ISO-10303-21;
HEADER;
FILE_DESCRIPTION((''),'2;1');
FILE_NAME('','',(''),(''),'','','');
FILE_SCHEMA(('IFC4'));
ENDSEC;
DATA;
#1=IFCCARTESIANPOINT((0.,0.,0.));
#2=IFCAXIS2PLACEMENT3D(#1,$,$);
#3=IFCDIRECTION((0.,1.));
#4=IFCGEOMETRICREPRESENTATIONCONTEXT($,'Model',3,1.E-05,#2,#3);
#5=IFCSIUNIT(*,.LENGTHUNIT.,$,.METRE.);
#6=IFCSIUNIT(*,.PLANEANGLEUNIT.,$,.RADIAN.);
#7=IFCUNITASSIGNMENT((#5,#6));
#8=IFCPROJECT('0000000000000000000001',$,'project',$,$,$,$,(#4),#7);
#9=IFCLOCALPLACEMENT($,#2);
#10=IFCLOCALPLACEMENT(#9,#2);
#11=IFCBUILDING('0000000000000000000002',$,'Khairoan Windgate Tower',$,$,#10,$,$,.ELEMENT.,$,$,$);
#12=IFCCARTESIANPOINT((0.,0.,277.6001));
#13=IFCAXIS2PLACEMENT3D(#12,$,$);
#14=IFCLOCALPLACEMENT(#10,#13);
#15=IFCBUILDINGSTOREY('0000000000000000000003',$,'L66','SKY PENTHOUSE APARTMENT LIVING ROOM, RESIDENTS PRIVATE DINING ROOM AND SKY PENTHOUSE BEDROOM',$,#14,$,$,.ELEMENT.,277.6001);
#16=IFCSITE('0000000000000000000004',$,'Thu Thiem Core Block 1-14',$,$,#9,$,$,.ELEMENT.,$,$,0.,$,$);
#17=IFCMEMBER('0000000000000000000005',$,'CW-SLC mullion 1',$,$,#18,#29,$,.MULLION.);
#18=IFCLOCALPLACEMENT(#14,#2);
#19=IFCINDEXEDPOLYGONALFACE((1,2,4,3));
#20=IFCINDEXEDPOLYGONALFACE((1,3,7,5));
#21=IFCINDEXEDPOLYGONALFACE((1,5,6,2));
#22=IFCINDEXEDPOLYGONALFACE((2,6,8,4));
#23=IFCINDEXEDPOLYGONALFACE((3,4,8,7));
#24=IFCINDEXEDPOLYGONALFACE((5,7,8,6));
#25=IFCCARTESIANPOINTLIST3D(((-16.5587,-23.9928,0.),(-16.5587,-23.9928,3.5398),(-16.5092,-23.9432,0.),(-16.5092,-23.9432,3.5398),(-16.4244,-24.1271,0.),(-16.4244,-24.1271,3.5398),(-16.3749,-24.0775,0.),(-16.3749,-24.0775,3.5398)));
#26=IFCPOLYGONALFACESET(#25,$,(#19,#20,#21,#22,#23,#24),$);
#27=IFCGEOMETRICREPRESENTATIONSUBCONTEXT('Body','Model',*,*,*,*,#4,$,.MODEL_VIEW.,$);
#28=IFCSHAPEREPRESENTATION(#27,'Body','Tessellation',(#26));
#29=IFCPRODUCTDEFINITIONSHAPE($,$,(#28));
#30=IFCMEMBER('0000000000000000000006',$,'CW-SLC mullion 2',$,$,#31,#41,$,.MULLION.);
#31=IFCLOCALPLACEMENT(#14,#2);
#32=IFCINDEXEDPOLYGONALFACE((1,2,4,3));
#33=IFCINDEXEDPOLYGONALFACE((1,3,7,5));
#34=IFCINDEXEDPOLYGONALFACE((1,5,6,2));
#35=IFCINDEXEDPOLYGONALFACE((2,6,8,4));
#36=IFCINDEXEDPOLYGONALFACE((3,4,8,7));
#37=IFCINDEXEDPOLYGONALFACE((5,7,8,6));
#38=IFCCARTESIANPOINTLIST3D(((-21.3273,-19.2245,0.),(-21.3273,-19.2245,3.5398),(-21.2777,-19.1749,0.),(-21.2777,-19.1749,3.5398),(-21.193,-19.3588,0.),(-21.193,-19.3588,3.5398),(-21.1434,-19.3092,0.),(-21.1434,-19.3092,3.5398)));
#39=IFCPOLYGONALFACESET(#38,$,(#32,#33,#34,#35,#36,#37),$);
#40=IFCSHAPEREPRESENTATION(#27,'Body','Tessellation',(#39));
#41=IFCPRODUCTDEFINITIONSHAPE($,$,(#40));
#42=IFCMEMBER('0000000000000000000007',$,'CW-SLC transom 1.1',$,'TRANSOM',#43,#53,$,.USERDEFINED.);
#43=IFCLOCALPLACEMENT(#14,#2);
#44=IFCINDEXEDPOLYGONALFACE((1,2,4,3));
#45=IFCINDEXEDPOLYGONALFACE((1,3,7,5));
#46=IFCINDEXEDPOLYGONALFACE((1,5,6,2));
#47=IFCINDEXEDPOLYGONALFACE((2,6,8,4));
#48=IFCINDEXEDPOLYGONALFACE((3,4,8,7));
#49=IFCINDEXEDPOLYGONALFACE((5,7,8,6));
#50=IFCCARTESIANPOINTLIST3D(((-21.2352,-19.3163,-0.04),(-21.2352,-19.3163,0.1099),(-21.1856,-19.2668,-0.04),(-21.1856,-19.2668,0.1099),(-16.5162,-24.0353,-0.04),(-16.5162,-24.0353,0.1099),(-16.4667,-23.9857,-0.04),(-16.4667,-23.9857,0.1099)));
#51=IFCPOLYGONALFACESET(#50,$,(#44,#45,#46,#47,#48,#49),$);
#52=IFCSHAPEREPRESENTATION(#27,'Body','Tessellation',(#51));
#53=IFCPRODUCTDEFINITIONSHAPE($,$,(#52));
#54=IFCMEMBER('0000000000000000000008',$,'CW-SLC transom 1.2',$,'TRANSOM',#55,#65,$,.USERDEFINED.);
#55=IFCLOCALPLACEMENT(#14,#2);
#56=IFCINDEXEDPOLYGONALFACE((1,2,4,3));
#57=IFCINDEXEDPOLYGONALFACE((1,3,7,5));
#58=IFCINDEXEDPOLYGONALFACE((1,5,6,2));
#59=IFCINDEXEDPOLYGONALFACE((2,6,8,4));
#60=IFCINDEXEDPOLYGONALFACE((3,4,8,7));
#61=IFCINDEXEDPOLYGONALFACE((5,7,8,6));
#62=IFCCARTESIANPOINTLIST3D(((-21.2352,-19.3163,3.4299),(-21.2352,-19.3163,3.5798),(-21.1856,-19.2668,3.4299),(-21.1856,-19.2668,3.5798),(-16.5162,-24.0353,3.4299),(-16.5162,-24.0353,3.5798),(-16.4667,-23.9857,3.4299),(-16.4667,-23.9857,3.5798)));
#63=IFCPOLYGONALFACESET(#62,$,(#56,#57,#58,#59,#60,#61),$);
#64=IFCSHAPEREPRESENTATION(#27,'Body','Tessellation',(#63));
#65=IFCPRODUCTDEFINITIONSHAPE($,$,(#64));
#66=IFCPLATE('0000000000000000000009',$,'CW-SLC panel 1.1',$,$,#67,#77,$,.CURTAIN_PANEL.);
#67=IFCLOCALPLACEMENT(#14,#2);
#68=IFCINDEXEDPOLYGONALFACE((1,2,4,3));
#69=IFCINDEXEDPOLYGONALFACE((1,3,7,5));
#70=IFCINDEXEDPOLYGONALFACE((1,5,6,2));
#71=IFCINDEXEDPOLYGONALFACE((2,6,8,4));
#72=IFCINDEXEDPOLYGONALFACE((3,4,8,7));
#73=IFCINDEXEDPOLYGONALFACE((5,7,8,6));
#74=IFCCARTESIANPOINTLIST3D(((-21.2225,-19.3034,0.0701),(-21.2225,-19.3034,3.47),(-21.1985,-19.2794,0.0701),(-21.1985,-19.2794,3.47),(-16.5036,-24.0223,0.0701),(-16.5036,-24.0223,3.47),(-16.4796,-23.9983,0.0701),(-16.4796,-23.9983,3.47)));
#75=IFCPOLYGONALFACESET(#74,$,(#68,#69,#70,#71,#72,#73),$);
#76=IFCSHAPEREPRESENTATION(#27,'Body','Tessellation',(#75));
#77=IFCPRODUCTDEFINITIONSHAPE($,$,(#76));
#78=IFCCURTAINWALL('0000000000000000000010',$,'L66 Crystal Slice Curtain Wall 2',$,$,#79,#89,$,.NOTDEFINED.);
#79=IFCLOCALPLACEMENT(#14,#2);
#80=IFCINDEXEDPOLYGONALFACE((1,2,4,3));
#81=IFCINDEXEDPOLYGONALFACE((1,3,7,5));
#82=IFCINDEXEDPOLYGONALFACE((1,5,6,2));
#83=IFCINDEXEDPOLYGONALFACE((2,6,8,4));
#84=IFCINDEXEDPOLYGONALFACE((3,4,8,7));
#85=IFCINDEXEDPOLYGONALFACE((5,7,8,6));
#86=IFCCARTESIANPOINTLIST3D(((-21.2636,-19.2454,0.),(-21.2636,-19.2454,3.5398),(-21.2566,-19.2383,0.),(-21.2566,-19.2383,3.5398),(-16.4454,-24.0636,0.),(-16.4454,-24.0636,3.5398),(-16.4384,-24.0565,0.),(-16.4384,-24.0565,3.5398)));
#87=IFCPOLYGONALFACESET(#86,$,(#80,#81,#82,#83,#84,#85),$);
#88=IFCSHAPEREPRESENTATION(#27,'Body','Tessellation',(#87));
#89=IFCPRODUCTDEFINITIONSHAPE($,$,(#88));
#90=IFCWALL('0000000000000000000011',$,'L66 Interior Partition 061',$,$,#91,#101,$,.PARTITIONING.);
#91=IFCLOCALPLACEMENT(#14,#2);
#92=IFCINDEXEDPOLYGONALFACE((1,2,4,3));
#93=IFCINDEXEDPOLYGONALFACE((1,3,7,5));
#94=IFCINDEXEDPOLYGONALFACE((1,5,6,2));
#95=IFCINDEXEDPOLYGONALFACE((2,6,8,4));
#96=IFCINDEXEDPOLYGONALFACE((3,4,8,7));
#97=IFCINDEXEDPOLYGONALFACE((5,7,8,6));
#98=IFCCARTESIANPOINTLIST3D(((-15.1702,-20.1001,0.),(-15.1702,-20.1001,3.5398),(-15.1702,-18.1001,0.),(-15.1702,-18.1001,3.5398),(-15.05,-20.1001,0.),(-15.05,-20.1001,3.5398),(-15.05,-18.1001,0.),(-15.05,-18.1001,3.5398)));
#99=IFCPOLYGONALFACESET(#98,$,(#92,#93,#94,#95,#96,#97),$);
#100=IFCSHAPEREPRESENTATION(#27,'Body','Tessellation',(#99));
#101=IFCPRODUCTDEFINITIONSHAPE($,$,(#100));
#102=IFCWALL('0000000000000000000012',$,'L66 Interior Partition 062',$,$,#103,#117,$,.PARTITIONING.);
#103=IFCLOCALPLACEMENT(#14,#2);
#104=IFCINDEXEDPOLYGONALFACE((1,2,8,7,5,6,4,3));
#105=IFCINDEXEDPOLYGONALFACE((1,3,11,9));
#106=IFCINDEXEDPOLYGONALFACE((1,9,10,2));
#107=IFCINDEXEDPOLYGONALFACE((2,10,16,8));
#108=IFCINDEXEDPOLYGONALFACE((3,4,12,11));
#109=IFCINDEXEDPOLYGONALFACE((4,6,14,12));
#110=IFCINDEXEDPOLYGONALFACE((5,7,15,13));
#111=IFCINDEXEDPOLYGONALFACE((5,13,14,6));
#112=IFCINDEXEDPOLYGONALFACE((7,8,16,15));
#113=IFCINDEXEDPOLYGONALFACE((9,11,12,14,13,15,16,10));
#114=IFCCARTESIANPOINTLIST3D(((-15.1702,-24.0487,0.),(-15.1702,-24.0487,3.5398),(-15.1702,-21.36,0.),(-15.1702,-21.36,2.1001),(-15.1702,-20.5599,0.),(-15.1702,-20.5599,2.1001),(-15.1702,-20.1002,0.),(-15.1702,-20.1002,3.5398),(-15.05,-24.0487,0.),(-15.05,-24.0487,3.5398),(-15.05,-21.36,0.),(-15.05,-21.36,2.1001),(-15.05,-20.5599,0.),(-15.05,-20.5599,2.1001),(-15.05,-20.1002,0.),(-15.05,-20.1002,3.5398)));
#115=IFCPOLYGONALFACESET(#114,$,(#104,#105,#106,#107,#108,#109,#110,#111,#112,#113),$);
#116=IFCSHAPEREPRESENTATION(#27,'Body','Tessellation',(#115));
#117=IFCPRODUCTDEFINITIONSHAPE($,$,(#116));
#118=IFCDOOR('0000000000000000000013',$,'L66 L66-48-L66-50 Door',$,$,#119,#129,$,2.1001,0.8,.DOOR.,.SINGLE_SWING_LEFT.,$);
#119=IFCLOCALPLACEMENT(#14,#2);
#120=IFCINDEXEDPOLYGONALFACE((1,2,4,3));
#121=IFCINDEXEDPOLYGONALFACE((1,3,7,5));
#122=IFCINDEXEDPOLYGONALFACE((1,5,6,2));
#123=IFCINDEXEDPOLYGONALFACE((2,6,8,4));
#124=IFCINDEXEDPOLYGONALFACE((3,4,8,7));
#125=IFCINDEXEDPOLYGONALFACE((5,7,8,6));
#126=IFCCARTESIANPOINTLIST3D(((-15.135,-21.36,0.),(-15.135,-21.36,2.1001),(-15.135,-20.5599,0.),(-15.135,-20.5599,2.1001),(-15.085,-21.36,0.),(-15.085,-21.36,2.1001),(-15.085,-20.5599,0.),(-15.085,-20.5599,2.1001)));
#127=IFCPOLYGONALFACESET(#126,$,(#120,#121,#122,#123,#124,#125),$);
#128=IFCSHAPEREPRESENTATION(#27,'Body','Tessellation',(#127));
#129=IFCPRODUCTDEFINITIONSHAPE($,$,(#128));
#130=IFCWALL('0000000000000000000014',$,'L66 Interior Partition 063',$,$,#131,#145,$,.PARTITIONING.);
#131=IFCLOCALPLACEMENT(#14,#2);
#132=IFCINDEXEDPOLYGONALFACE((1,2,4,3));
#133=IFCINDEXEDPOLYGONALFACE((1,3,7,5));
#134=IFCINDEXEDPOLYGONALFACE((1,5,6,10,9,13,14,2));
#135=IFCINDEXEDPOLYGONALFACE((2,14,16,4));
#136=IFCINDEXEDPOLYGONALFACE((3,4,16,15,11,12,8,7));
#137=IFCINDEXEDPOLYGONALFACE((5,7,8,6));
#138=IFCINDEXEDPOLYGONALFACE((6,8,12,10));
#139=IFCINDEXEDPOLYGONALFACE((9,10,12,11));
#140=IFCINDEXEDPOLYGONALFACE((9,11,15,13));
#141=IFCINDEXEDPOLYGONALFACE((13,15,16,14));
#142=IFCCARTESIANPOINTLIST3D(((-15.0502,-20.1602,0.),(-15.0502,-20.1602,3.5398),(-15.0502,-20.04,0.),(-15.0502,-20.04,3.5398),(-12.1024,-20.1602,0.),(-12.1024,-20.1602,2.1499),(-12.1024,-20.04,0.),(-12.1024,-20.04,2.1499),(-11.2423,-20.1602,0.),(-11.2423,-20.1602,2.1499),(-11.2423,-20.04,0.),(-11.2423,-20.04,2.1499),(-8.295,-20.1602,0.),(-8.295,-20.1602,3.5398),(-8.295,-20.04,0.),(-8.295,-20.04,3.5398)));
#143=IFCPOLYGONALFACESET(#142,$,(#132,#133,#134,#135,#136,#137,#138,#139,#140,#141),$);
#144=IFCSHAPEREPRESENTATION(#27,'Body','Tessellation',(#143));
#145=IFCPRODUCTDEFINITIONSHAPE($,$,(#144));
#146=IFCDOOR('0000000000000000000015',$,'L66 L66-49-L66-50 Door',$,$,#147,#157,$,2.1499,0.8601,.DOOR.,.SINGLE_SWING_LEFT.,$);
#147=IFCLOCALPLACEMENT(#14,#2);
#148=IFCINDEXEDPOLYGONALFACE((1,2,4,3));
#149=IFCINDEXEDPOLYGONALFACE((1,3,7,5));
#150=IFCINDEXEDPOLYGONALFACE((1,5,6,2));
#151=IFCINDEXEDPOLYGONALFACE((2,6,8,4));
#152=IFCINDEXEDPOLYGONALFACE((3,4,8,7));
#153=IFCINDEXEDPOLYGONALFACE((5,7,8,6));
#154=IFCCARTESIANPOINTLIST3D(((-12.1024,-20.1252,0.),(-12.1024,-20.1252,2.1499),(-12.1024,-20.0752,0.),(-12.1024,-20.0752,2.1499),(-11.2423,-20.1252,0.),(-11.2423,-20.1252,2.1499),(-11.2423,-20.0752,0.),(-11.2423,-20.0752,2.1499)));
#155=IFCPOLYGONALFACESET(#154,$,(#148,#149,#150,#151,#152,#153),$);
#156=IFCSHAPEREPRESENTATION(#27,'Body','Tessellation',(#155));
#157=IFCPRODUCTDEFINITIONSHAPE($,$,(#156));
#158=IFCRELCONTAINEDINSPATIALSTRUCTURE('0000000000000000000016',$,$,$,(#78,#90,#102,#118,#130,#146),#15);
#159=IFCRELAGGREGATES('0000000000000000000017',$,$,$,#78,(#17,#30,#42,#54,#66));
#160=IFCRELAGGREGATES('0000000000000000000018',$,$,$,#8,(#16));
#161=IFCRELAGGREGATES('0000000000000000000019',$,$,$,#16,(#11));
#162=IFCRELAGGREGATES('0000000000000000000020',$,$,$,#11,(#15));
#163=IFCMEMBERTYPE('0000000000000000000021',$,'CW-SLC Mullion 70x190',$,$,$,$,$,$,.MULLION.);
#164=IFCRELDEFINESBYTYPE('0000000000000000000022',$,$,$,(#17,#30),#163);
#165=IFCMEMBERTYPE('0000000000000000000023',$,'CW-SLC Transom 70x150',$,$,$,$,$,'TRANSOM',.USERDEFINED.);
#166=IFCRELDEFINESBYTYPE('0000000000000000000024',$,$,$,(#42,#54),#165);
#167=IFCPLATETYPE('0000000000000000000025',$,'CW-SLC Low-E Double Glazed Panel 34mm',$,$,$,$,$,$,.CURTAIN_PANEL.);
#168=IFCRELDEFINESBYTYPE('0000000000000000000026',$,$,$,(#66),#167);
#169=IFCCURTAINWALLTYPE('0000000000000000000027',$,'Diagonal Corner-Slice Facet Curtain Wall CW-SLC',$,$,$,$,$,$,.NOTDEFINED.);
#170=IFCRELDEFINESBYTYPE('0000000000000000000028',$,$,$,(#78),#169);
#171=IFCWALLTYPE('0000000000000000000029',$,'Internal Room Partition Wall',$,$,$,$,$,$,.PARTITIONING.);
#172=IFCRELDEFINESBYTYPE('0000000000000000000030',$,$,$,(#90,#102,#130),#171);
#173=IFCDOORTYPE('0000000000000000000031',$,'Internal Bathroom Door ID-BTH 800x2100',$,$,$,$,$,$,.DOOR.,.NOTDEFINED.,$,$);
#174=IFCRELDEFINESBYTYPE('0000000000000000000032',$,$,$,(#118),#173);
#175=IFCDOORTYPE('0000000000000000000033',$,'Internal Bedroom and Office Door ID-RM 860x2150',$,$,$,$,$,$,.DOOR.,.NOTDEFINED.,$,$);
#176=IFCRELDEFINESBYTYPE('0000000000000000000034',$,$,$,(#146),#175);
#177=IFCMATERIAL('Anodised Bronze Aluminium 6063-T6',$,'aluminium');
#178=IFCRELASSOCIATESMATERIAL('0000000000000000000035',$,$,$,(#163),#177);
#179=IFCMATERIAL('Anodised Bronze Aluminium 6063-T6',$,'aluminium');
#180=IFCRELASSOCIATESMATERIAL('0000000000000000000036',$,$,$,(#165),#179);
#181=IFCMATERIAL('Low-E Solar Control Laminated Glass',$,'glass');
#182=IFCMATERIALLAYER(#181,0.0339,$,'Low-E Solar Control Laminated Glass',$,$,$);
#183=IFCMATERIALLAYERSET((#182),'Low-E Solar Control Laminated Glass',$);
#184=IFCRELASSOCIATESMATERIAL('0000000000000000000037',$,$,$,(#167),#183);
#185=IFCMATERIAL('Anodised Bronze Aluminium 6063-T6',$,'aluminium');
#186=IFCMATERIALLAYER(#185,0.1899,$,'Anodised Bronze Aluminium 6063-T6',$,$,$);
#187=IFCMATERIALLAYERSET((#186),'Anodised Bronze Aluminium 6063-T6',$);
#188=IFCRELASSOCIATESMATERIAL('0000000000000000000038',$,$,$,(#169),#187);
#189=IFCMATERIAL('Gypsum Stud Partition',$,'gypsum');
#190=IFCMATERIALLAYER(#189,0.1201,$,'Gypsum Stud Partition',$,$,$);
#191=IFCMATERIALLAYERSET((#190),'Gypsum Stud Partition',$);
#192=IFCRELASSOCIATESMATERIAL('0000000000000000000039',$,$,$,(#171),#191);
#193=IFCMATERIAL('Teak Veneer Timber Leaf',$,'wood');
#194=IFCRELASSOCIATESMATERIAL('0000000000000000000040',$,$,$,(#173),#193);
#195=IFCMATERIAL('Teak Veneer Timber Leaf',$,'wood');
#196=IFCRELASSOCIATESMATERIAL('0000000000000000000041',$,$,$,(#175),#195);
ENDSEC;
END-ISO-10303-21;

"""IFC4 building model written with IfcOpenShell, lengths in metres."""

from ifc_helpers import new_model, si_unit, direction, frame, frame_2d, origin, origin_2d, place, context, subcontext, project, spatial, rectangle, extrude, material, layer, layer_set, material_profile, profile_set, type_object, element, fill, aggregate, save


model = new_model("IFC4")

# Units and contexts
model_context = context("Model", 3, precision=1e-05, world=origin(), true_north=direction((0.0, 1.0)))
body_context = subcontext(model_context, "Body", "Model", "MODEL_VIEW")
ifc_project = project(units=[si_unit("LENGTHUNIT", "METRE"), si_unit("PLANEANGLEUNIT", "RADIAN")], contexts=[model_context])

# Site, building, storey
site_placement = place(None, origin())
site = spatial("IfcSite", under=ifc_project, at=site_placement, Name="Thu Thiem Core Block 1-14", CompositionType="ELEMENT", RefElevation=0.0)
building_placement = place(site_placement, origin())
building = spatial("IfcBuilding", under=site, at=building_placement, Name="Khairoan Windgate Tower", CompositionType="ELEMENT")
storey_placement = place(building_placement, frame((0.0, 0.0, 277.6001)))
storey = spatial("IfcBuildingStorey", under=building, at=storey_placement, Name="L66", Description="SKY PENTHOUSE APARTMENT LIVING ROOM, RESIDENTS PRIVATE DINING ROOM AND SKY PENTHOUSE BEDROOM", CompositionType="ELEMENT", Elevation=277.6001)

# Members
ifc_material_1 = material(Name="Anodised Bronze Aluminium 6063-T6", Category="aluminium")
ifc_material_profile_1 = material_profile(ifc_material_1, rectangle(XDim=0.0701, YDim=0.1899, at=origin_2d()))
ifc_profile_set_1 = profile_set([ifc_material_profile_1], Name="Anodised Bronze Aluminium 6063-T6")
member_type_1 = type_object("IfcMemberType", Name="CW-SLC Mullion 70x190", PredefinedType="MULLION", material=ifc_profile_set_1)
member_1_placement = place(storey_placement, frame((-16.4668, -24.0352, 0.0), z_axis=(0.0, 0.0, 1.0), x_axis=(-0.707107, -0.707107, 0.0)))
member_1 = element("IfcMember", 1, at=member_1_placement, type_object=member_type_1, Name="CW-SLC mullion 1", PredefinedType="MULLION", context=body_context, shape_type="SweptSolid", body=[
    extrude(rectangle(XDim=0.0701, YDim=0.1899, at=origin_2d()), origin(), (0.0, 0.0, 1.0), 3.5398),
])
member_2_placement = place(storey_placement, frame((-21.2354, -19.2668, 0.0), z_axis=(0.0, 0.0, 1.0), x_axis=(-0.707107, -0.707107, 0.0)))
member_2 = element("IfcMember", 2, at=member_2_placement, type_object=member_type_1, Name="CW-SLC mullion 2", PredefinedType="MULLION", context=body_context, shape_type="SweptSolid", body=[
    extrude(rectangle(XDim=0.0701, YDim=0.1899, at=origin_2d()), origin(), (0.0, 0.0, 1.0), 3.5398),
])
ifc_material_2 = material(Name="Anodised Bronze Aluminium 6063-T6", Category="aluminium")
ifc_material_profile_2 = material_profile(ifc_material_2, rectangle(XDim=0.0701, YDim=0.1499, at=origin_2d()))
ifc_profile_set_2 = profile_set([ifc_material_profile_2], Name="Anodised Bronze Aluminium 6063-T6")
member_type_2 = type_object("IfcMemberType", Name="CW-SLC Transom 70x150", ElementType="TRANSOM", PredefinedType="USERDEFINED", material=ifc_profile_set_2)
member_3_placement = place(storey_placement, frame((-16.4915, -24.0105, 0.0349), z_axis=(-0.707107, 0.707107, 0.0), x_axis=(-0.707107, -0.707107, 0.0)))
member_3 = element("IfcMember", 3, at=member_3_placement, type_object=member_type_2, Name="CW-SLC transom 1.1", ObjectType="TRANSOM", PredefinedType="USERDEFINED", context=body_context, shape_type="SweptSolid", body=[
    extrude(rectangle(XDim=0.0701, YDim=0.1499, at=origin_2d()), origin(), (0.0, 0.0, 1.0), 6.6736),
])
member_4_placement = place(storey_placement, frame((-16.4915, -24.0105, 3.5049), z_axis=(-0.707107, 0.707107, 0.0), x_axis=(-0.707107, -0.707107, 0.0)))
member_4 = element("IfcMember", 4, at=member_4_placement, type_object=member_type_2, Name="CW-SLC transom 1.2", ObjectType="TRANSOM", PredefinedType="USERDEFINED", context=body_context, shape_type="SweptSolid", body=[
    extrude(rectangle(XDim=0.0701, YDim=0.1499, at=origin_2d()), origin(), (0.0, 0.0, 1.0), 6.6736),
])

# Plate
ifc_material_3 = material(Name="Low-E Solar Control Laminated Glass", Category="glass")
ifc_layer_1 = layer(ifc_material_3, 0.0339, Name="Low-E Solar Control Laminated Glass")
ifc_layer_set_1 = layer_set([ifc_layer_1], Name="Low-E Solar Control Laminated Glass")
plate_type_1 = type_object("IfcPlateType", Name="CW-SLC Low-E Double Glazed Panel 34mm", PredefinedType="CURTAIN_PANEL", material=ifc_layer_set_1)
plate_1_placement = place(storey_placement, frame((-18.8511, -21.6509, 0.0701), z_axis=(0.0, 0.0, 1.0), x_axis=(-0.707107, 0.707107, 0.0)))
plate_1 = element("IfcPlate", 5, at=plate_1_placement, type_object=plate_type_1, Name="CW-SLC panel 1.1", PredefinedType="CURTAIN_PANEL", context=body_context, shape_type="SweptSolid", body=[
    extrude(rectangle(XDim=6.6736, YDim=0.0339, at=origin_2d()), origin(), (0.0, 0.0, 1.0), 3.3999),
])

# Curtain wall
ifc_material_4 = material(Name="Anodised Bronze Aluminium 6063-T6", Category="aluminium")
ifc_layer_2 = layer(ifc_material_4, 0.1899, Name="Anodised Bronze Aluminium 6063-T6")
ifc_layer_set_2 = layer_set([ifc_layer_2], Name="Anodised Bronze Aluminium 6063-T6")
curtain_wall_type_1 = type_object("IfcCurtainWallType", Name="Diagonal Corner-Slice Facet Curtain Wall CW-SLC", PredefinedType="NOTDEFINED", material=ifc_layer_set_2)
curtain_wall_1_placement = place(storey_placement, frame((-16.4419, -24.0601, 0.0), z_axis=(0.0, 0.0, 1.0), x_axis=(-0.707107, 0.707107, 0.0)))
curtain_wall_1 = element("IfcCurtainWall", 6, at=curtain_wall_1_placement, inside=storey, type_object=curtain_wall_type_1, Name="L66 Crystal Slice Curtain Wall 2", PredefinedType="NOTDEFINED", context=body_context, shape_type="SweptSolid", body=[
    extrude(rectangle(XDim=6.814, YDim=0.01, at=frame_2d((3.407, 0.0))), origin(), (0.0, 0.0, 1.0), 3.5398),
])
aggregate(curtain_wall_1, [member_1, member_2, member_3, member_4, plate_1])

# Wall
ifc_material_5 = material(Name="Gypsum Stud Partition", Category="gypsum")
ifc_layer_3 = layer(ifc_material_5, 0.1201, Name="Gypsum Stud Partition")
ifc_layer_set_3 = layer_set([ifc_layer_3], Name="Gypsum Stud Partition")
wall_type = type_object("IfcWallType", Name="Internal Room Partition Wall", PredefinedType="PARTITIONING", material=ifc_layer_set_3)
wall_1_placement = place(storey_placement, frame((-15.1101, -20.1001, 0.0), z_axis=(0.0, 0.0, 1.0), x_axis=(0.0, 1.0, 0.0)))
element("IfcWall", 7, at=wall_1_placement, inside=storey, type_object=wall_type, Name="L66 Interior Partition 061", PredefinedType="PARTITIONING", context=body_context, shape_type="SweptSolid", body=[
    extrude(rectangle(XDim=2.0, YDim=0.1201, at=frame_2d((1.0, 0.0))), origin(), (0.0, 0.0, 1.0), 3.5398),
])

# Walls, openings, doors
wall_2_placement = place(storey_placement, frame((-15.1101, -24.0486, 0.0), z_axis=(0.0, 0.0, 1.0), x_axis=(0.0, 1.0, 0.0)))
wall_2 = element("IfcWall", 8, at=wall_2_placement, inside=storey, type_object=wall_type, Name="L66 Interior Partition 062", PredefinedType="PARTITIONING", context=body_context, shape_type="SweptSolid", body=[
    extrude(rectangle(XDim=3.9485, YDim=0.1201, at=frame_2d((1.9741, 0.0))), origin(), (0.0, 0.0, 1.0), 3.5398),
])
opening_1_placement = place(wall_2_placement, frame((2.6887, 0.0, 0.0)))
opening_1 = element("IfcOpeningElement", 9, at=opening_1_placement, cuts=wall_2, PredefinedType="OPENING", context=body_context, shape_type="SweptSolid", body=[
    extrude(rectangle(XDim=0.8, YDim=2.1001, at=frame_2d((0.3999, 1.05))), frame((0.0, 0.0701, 0.0), z_axis=(0.0, -1.0, 0.0), x_axis=(1.0, 0.0, 0.0)), (0.0, 0.0, 1.0), 0.1401),
])
ifc_material_6 = material(Name="Teak Veneer Timber Leaf", Category="wood")
door_type_1 = type_object("IfcDoorType", Name="Internal Bathroom Door ID-BTH 800x2100", OperationType="NOTDEFINED", PredefinedType="DOOR", material=ifc_material_6)
door_1_placement = place(opening_1_placement, origin())
door_1 = element("IfcDoor", 10, at=door_1_placement, inside=storey, type_object=door_type_1, Name="L66 L66-48-L66-50 Door", OperationType="SINGLE_SWING_LEFT", OverallHeight=2.1001, OverallWidth=0.8, PredefinedType="DOOR", context=body_context, shape_type="SweptSolid", body=[
    extrude(rectangle(XDim=0.8, YDim=2.1001, at=frame_2d((0.3999, 1.05))), frame((0.0, 0.0249, 0.0), z_axis=(0.0, -1.0, 0.0), x_axis=(1.0, 0.0, 0.0)), (0.0, 0.0, 1.0), 0.05),
])
fill(opening_1, door_1)
wall_3_placement = place(storey_placement, frame((-15.05, -20.1001, 0.0), z_axis=(0.0, 0.0, 1.0), x_axis=(1.0, 0.0, 0.0)))
wall_3 = element("IfcWall", 11, at=wall_3_placement, inside=storey, type_object=wall_type, Name="L66 Interior Partition 063", PredefinedType="PARTITIONING", context=body_context, shape_type="SweptSolid", body=[
    extrude(rectangle(XDim=6.7551, YDim=0.1201, at=frame_2d((3.3774, 0.0))), origin(), (0.0, 0.0, 1.0), 3.5398),
])
opening_2_placement = place(wall_3_placement, frame((2.9475, 0.0, 0.0)))
opening_2 = element("IfcOpeningElement", 12, at=opening_2_placement, cuts=wall_3, PredefinedType="OPENING", context=body_context, shape_type="SweptSolid", body=[
    extrude(rectangle(XDim=0.8601, YDim=2.1499, at=frame_2d((0.4302, 1.075))), frame((0.0, 0.0701, 0.0), z_axis=(0.0, -1.0, 0.0), x_axis=(1.0, 0.0, 0.0)), (0.0, 0.0, 1.0), 0.1401),
])
ifc_material_7 = material(Name="Teak Veneer Timber Leaf", Category="wood")
door_type_2 = type_object("IfcDoorType", Name="Internal Bedroom and Office Door ID-RM 860x2150", OperationType="NOTDEFINED", PredefinedType="DOOR", material=ifc_material_7)
door_2_placement = place(opening_2_placement, origin())
door_2 = element("IfcDoor", 13, at=door_2_placement, inside=storey, type_object=door_type_2, Name="L66 L66-49-L66-50 Door", OperationType="SINGLE_SWING_LEFT", OverallHeight=2.1499, OverallWidth=0.8601, PredefinedType="DOOR", context=body_context, shape_type="SweptSolid", body=[
    extrude(rectangle(XDim=0.8601, YDim=2.1499, at=frame_2d((0.4302, 1.075))), frame((0.0, 0.0249, 0.0), z_axis=(0.0, -1.0, 0.0), x_axis=(1.0, 0.0, 0.0)), (0.0, 0.0, 1.0), 0.05),
])
fill(opening_2, door_2)

save(model, "model.ifc")
